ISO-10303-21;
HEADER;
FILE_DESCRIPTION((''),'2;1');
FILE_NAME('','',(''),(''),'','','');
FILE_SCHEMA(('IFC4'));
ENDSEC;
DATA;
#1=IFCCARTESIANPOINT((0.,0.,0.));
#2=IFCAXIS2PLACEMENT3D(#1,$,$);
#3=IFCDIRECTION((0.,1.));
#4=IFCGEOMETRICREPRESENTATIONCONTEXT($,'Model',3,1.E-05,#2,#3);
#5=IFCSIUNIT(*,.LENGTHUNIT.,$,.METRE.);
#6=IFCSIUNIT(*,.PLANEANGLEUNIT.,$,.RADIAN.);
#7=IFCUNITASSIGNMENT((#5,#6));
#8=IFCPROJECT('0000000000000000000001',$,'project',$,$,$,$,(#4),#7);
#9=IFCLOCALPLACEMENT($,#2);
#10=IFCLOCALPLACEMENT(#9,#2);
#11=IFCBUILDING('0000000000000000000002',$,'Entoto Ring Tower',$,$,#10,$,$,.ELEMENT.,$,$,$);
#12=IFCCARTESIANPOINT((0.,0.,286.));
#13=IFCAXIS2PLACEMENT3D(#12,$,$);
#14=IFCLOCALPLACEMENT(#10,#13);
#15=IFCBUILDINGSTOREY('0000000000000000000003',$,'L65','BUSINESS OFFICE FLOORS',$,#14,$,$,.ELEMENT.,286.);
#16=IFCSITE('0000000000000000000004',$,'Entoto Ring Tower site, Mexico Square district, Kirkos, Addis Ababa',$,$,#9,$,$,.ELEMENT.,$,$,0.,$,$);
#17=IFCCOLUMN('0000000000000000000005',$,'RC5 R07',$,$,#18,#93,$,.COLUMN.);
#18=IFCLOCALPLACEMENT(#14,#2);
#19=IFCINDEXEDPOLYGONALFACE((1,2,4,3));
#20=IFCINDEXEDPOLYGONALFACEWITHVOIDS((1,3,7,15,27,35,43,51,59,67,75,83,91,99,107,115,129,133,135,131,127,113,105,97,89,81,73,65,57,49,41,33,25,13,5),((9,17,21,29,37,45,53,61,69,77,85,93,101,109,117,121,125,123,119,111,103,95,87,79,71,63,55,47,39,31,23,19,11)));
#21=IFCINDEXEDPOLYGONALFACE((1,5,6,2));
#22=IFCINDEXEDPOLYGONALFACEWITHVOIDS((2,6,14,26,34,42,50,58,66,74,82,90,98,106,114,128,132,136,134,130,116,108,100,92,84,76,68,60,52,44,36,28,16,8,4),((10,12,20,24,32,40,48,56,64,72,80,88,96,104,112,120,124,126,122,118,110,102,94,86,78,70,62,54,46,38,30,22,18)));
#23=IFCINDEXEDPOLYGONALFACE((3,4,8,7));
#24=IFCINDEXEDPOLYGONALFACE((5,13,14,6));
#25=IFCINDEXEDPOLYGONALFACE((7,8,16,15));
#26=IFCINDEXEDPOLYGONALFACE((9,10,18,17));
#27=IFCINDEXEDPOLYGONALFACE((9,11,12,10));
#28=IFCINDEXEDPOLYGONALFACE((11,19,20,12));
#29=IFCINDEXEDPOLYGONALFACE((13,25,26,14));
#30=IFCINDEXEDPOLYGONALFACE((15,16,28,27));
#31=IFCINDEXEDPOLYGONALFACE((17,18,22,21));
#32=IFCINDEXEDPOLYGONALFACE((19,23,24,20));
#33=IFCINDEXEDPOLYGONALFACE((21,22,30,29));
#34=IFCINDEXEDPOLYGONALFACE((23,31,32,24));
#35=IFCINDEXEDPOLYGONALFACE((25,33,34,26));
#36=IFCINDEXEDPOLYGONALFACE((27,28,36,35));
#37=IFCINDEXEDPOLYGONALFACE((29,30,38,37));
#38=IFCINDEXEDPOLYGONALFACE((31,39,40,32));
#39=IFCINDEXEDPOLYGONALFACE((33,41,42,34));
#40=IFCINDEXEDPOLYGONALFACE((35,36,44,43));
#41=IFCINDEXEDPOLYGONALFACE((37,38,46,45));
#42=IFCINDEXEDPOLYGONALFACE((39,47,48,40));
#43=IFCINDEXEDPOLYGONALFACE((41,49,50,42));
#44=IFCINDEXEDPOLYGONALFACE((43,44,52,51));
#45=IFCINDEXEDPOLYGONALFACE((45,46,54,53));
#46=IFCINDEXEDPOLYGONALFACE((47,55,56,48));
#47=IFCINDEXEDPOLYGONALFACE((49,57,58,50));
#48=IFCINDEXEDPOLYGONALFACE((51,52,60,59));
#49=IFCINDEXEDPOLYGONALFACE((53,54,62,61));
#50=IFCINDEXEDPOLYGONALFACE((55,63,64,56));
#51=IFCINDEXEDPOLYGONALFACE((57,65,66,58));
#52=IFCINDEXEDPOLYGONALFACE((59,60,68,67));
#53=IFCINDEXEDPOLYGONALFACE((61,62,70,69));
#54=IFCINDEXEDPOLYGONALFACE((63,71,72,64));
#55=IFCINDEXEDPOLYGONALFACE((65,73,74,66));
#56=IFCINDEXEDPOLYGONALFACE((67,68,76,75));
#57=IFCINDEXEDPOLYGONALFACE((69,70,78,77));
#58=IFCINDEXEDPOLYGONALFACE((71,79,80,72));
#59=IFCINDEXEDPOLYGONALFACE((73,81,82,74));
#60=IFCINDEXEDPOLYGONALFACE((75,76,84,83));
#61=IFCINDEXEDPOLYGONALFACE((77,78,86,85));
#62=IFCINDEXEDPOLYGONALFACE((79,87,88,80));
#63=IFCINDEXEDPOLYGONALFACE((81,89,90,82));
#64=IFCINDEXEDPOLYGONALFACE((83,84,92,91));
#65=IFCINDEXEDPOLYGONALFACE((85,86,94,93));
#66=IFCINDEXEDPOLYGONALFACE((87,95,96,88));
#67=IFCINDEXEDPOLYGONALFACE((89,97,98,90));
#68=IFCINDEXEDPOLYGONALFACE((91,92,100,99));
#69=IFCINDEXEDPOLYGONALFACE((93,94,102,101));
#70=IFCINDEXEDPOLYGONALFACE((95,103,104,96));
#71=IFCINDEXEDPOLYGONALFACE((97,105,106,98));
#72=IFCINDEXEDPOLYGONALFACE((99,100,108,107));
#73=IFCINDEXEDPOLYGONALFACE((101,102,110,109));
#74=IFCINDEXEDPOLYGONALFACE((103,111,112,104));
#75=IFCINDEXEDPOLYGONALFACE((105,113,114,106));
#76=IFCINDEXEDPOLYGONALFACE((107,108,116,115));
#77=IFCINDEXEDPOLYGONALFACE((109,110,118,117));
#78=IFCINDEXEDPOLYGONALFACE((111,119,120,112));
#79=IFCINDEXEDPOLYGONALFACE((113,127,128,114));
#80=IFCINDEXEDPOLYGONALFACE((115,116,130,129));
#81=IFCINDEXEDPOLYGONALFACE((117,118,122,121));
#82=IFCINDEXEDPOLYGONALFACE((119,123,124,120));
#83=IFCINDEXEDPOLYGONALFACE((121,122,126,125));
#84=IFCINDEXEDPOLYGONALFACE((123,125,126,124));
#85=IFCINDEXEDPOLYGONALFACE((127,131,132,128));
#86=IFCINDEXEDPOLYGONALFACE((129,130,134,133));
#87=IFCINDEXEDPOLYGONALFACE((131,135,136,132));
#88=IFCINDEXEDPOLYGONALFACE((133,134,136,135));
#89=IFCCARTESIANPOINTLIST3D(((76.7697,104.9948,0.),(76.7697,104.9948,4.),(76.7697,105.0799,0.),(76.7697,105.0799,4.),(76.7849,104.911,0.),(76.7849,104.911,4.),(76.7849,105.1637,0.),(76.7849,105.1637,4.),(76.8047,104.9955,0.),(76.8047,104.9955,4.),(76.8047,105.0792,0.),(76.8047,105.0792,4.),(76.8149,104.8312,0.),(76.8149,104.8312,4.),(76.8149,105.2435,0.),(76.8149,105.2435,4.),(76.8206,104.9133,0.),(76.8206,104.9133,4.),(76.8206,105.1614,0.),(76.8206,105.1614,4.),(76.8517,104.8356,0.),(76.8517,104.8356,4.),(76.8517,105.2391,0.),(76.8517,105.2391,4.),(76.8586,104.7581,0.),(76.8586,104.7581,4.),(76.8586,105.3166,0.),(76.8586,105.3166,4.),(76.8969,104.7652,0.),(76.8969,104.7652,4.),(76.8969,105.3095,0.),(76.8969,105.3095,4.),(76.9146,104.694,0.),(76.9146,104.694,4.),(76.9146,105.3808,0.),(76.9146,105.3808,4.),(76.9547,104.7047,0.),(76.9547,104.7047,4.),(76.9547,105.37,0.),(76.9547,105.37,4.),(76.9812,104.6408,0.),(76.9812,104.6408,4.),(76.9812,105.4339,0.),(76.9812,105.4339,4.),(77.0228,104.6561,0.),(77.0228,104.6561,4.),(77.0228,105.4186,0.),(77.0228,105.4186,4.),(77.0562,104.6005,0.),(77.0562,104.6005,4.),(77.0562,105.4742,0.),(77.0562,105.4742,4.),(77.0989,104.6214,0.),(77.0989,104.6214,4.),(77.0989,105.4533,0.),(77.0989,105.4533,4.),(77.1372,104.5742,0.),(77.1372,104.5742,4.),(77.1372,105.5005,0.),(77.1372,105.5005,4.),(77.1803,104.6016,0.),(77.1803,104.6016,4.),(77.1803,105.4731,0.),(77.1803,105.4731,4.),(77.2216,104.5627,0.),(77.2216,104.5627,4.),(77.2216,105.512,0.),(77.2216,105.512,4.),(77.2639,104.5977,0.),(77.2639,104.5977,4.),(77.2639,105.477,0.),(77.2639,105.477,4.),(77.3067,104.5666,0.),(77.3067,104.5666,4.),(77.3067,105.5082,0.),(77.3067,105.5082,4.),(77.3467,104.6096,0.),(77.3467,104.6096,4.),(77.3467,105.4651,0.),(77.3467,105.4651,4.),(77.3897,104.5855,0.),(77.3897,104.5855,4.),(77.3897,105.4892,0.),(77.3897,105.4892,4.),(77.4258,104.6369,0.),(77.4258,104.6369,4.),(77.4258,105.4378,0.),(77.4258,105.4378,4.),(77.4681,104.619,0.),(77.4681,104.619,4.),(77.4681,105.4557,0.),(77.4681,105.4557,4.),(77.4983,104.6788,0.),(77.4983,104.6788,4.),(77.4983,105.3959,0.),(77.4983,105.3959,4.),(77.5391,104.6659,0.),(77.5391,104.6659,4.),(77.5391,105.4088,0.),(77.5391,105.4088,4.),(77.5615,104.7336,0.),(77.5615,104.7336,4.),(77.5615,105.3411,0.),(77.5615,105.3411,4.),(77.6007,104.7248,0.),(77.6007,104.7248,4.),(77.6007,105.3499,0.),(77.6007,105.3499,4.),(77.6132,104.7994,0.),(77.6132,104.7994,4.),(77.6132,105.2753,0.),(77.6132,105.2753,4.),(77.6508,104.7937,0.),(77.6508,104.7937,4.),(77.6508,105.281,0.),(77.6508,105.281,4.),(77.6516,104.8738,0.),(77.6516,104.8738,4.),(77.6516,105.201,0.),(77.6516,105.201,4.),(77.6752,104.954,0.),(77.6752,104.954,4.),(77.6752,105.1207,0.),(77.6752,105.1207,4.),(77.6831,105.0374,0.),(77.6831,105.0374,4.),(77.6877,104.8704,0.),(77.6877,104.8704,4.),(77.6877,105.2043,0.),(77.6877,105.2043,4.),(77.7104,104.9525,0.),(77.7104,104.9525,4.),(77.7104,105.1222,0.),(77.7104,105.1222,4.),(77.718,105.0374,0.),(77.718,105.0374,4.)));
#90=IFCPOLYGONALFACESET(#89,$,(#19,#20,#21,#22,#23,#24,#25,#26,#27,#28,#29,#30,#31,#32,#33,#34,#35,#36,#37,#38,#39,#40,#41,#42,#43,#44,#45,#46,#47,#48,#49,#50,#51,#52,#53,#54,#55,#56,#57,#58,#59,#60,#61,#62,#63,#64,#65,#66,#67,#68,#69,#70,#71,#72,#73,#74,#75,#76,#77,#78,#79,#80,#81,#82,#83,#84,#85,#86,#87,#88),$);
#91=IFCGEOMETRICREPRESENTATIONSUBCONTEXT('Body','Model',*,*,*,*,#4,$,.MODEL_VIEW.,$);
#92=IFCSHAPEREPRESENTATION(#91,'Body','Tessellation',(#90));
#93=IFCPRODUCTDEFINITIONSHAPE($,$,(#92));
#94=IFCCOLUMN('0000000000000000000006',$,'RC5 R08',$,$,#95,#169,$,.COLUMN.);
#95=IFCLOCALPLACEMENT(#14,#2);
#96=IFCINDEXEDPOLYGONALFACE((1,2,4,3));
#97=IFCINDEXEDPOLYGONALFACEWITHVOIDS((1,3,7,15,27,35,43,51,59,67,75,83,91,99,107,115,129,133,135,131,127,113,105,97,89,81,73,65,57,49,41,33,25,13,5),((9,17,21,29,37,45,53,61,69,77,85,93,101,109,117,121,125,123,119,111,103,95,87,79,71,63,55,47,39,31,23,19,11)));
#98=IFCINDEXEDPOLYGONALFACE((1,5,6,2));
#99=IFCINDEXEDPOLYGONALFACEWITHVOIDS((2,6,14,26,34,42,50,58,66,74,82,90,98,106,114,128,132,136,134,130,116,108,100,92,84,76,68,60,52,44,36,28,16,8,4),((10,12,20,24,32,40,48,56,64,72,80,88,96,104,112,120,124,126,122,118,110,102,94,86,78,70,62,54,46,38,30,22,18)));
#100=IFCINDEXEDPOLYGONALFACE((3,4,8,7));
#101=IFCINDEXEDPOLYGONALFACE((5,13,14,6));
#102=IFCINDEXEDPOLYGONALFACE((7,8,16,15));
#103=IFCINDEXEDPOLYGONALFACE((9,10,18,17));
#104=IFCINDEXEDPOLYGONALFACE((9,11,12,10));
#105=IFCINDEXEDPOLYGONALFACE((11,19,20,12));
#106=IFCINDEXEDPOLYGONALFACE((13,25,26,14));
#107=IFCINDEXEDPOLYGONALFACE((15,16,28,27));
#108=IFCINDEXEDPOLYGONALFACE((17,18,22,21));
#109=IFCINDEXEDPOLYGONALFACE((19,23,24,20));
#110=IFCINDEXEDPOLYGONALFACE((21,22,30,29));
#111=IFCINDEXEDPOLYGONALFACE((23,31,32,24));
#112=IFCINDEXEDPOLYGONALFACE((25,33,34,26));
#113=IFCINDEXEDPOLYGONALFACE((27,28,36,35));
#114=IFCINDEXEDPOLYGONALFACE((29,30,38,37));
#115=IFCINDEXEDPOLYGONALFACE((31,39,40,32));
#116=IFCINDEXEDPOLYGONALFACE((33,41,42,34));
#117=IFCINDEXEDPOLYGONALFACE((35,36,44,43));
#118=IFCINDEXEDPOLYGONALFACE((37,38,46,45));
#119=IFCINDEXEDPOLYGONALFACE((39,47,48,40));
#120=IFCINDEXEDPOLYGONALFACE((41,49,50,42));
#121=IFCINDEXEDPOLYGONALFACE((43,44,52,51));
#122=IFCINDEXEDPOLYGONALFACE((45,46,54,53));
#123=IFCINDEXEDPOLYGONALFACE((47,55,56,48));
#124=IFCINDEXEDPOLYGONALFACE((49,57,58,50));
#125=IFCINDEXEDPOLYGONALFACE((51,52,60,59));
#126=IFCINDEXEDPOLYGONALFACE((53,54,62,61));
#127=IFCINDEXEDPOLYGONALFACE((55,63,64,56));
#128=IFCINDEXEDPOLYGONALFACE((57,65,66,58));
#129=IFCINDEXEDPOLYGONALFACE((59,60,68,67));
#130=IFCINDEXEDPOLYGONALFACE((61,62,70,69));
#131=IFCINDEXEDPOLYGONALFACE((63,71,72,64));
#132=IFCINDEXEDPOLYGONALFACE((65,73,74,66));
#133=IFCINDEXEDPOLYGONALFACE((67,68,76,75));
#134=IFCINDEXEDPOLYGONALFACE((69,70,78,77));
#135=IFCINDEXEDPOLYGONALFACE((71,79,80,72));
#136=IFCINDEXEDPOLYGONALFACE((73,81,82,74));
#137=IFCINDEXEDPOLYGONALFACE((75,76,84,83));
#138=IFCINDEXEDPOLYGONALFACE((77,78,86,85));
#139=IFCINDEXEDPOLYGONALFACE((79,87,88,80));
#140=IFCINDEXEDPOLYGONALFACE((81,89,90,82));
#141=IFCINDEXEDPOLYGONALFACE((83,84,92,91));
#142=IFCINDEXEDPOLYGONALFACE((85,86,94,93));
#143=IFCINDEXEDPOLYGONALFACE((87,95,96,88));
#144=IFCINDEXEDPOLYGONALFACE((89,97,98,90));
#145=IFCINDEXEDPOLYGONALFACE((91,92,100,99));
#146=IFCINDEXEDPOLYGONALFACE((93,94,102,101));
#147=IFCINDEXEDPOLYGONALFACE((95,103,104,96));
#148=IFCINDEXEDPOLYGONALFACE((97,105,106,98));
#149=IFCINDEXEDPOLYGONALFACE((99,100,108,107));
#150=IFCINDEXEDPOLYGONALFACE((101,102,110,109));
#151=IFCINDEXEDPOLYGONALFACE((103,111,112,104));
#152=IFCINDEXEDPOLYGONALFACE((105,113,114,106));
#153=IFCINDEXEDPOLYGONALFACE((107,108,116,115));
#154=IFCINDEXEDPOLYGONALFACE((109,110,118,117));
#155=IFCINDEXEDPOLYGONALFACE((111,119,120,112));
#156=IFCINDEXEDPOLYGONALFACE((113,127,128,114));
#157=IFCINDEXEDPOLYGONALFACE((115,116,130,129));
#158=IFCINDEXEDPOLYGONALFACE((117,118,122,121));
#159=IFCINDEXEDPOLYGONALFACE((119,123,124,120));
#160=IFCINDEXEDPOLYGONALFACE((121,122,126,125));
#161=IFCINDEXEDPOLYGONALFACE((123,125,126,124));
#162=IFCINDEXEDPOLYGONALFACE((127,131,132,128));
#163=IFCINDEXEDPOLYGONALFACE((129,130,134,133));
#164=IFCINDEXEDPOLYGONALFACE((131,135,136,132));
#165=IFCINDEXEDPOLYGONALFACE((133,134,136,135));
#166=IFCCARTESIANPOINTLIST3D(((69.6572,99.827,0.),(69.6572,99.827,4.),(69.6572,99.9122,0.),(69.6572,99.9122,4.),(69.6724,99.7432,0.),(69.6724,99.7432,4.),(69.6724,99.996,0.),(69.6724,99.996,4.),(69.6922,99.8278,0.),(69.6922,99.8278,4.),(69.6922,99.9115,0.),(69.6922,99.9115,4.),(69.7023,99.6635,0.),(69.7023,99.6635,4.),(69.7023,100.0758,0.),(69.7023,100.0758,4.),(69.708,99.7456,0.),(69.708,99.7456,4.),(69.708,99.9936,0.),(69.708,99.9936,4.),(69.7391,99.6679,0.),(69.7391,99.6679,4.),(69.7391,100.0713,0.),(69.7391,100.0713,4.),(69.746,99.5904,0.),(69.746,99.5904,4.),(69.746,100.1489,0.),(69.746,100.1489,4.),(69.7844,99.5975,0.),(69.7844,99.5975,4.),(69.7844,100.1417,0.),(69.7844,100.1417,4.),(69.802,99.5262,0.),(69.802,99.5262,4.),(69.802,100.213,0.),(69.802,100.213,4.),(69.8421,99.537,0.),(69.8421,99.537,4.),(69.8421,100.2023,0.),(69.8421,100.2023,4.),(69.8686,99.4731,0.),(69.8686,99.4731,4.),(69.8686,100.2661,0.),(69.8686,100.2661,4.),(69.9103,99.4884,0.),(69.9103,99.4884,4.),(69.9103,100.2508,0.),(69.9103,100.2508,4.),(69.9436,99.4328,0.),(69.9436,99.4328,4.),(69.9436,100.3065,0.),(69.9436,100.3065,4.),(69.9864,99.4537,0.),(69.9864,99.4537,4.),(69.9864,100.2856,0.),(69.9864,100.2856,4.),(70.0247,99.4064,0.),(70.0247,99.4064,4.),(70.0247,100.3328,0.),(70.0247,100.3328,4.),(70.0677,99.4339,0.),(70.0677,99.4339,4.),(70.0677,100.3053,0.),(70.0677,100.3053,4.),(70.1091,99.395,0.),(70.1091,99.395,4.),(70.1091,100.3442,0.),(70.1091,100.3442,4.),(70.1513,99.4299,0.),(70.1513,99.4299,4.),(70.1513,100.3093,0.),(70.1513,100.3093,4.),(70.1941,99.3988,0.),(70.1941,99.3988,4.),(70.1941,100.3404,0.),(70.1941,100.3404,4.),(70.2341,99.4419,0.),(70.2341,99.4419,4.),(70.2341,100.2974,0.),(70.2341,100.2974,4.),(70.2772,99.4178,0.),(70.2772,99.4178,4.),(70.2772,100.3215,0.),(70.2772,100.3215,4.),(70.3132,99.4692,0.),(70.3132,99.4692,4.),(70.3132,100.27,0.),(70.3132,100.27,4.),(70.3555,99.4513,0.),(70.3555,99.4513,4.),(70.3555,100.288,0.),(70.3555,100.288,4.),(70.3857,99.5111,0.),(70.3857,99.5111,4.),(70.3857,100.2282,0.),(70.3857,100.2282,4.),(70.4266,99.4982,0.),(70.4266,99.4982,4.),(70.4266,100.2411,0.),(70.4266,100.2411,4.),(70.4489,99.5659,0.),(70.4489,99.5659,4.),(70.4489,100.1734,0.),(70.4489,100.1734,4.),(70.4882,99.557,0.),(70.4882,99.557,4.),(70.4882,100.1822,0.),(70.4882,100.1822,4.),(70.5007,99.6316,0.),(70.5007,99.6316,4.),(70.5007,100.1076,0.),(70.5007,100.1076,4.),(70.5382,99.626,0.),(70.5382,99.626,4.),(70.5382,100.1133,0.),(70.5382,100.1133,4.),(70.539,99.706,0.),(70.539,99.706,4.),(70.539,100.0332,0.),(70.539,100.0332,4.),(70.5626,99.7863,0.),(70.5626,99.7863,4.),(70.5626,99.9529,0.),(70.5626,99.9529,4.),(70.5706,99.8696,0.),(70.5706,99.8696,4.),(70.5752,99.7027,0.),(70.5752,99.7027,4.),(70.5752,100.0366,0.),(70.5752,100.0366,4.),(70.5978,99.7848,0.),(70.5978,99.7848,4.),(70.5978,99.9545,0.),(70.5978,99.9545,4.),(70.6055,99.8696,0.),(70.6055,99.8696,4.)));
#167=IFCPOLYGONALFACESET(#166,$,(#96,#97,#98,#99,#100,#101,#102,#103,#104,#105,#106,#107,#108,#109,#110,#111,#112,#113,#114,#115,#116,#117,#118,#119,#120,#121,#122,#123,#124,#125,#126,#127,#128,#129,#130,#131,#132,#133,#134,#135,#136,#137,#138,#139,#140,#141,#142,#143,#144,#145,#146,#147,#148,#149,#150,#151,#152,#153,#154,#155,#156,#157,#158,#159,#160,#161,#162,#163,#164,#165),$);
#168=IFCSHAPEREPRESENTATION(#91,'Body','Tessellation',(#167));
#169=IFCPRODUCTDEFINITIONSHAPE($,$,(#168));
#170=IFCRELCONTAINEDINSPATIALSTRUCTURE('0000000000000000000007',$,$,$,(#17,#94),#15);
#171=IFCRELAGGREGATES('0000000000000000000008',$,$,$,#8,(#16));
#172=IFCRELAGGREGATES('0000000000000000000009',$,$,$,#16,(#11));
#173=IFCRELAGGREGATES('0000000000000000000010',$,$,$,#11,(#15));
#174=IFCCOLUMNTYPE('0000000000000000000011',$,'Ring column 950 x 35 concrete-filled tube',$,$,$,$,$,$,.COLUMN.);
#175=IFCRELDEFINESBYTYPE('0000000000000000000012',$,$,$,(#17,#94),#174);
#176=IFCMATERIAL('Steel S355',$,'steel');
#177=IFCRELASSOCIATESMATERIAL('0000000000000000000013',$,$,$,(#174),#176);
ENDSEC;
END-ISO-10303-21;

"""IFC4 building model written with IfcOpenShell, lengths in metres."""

from ifc_helpers import new_model, si_unit, direction, frame, origin, origin_2d, place, context, subcontext, project, spatial, circle, hollow_circle, extrude, material, material_profile, profile_set, type_object, element, save


model = new_model("IFC4")

# Units and contexts
model_context = context("Model", 3, precision=1e-05, world=origin(), true_north=direction((0.0, 1.0)))
body_context = subcontext(model_context, "Body", "Model", "MODEL_VIEW")
ifc_project = project(units=[si_unit("LENGTHUNIT", "METRE"), si_unit("PLANEANGLEUNIT", "RADIAN")], contexts=[model_context])

# Site, building, storey
site_placement = place(None, origin())
site = spatial("IfcSite", under=ifc_project, at=site_placement, Name="Entoto Ring Tower site, Mexico Square district, Kirkos, Addis Ababa", CompositionType="ELEMENT", RefElevation=0.0)
building_placement = place(site_placement, origin())
building = spatial("IfcBuilding", under=site, at=building_placement, Name="Entoto Ring Tower", CompositionType="ELEMENT")
storey_placement = place(building_placement, frame((0.0, 0.0, 286.0)))
storey = spatial("IfcBuildingStorey", under=building, at=storey_placement, Name="L65", Description="BUSINESS OFFICE FLOORS", CompositionType="ELEMENT", Elevation=286.0)

# Columns
ifc_material_1 = material(Name="Steel S355", Category="steel")
ifc_material_profile_1 = material_profile(ifc_material_1, hollow_circle(Radius=0.4751, WallThickness=0.0349, at=origin_2d()), Name="CHS 950 x 35")
ifc_material_2 = material(Name="Concrete C60/75", Category="concrete")
ifc_material_profile_2 = material_profile(ifc_material_2, circle(Radius=0.4399, at=origin_2d()), Name="Concrete C60/75 infill")
ifc_profile_set_1 = profile_set([ifc_material_profile_1, ifc_material_profile_2], Name="Steel S355")
column_type = type_object("IfcColumnType", Name="Ring column 950 x 35 concrete-filled tube", PredefinedType="COLUMN", material=ifc_profile_set_1)
for number, where, z_axis, x_axis, name in (
    (1, (77.2429, 105.0374, 0.0), (0.0, 0.0, 1.0), (1.0, 0.0, 0.0), "RC5 R07"),
    (2, (70.1304, 99.8696, 0.0), (0.0, 0.0, 1.0), (1.0, 0.0, 0.0), "RC5 R08"),
):
    element("IfcColumn", number, at=place(storey_placement, frame(where, z_axis=z_axis, x_axis=x_axis)), inside=storey, type_object=column_type, Name=name, PredefinedType="COLUMN", context=body_context, shape_type="SweptSolid", body=[
        extrude(hollow_circle(Radius=0.4751, WallThickness=0.0349, at=origin_2d()), origin(), (0.0, 0.0, 1.0), 4.0),
    ])

save(model, "model.ifc")
